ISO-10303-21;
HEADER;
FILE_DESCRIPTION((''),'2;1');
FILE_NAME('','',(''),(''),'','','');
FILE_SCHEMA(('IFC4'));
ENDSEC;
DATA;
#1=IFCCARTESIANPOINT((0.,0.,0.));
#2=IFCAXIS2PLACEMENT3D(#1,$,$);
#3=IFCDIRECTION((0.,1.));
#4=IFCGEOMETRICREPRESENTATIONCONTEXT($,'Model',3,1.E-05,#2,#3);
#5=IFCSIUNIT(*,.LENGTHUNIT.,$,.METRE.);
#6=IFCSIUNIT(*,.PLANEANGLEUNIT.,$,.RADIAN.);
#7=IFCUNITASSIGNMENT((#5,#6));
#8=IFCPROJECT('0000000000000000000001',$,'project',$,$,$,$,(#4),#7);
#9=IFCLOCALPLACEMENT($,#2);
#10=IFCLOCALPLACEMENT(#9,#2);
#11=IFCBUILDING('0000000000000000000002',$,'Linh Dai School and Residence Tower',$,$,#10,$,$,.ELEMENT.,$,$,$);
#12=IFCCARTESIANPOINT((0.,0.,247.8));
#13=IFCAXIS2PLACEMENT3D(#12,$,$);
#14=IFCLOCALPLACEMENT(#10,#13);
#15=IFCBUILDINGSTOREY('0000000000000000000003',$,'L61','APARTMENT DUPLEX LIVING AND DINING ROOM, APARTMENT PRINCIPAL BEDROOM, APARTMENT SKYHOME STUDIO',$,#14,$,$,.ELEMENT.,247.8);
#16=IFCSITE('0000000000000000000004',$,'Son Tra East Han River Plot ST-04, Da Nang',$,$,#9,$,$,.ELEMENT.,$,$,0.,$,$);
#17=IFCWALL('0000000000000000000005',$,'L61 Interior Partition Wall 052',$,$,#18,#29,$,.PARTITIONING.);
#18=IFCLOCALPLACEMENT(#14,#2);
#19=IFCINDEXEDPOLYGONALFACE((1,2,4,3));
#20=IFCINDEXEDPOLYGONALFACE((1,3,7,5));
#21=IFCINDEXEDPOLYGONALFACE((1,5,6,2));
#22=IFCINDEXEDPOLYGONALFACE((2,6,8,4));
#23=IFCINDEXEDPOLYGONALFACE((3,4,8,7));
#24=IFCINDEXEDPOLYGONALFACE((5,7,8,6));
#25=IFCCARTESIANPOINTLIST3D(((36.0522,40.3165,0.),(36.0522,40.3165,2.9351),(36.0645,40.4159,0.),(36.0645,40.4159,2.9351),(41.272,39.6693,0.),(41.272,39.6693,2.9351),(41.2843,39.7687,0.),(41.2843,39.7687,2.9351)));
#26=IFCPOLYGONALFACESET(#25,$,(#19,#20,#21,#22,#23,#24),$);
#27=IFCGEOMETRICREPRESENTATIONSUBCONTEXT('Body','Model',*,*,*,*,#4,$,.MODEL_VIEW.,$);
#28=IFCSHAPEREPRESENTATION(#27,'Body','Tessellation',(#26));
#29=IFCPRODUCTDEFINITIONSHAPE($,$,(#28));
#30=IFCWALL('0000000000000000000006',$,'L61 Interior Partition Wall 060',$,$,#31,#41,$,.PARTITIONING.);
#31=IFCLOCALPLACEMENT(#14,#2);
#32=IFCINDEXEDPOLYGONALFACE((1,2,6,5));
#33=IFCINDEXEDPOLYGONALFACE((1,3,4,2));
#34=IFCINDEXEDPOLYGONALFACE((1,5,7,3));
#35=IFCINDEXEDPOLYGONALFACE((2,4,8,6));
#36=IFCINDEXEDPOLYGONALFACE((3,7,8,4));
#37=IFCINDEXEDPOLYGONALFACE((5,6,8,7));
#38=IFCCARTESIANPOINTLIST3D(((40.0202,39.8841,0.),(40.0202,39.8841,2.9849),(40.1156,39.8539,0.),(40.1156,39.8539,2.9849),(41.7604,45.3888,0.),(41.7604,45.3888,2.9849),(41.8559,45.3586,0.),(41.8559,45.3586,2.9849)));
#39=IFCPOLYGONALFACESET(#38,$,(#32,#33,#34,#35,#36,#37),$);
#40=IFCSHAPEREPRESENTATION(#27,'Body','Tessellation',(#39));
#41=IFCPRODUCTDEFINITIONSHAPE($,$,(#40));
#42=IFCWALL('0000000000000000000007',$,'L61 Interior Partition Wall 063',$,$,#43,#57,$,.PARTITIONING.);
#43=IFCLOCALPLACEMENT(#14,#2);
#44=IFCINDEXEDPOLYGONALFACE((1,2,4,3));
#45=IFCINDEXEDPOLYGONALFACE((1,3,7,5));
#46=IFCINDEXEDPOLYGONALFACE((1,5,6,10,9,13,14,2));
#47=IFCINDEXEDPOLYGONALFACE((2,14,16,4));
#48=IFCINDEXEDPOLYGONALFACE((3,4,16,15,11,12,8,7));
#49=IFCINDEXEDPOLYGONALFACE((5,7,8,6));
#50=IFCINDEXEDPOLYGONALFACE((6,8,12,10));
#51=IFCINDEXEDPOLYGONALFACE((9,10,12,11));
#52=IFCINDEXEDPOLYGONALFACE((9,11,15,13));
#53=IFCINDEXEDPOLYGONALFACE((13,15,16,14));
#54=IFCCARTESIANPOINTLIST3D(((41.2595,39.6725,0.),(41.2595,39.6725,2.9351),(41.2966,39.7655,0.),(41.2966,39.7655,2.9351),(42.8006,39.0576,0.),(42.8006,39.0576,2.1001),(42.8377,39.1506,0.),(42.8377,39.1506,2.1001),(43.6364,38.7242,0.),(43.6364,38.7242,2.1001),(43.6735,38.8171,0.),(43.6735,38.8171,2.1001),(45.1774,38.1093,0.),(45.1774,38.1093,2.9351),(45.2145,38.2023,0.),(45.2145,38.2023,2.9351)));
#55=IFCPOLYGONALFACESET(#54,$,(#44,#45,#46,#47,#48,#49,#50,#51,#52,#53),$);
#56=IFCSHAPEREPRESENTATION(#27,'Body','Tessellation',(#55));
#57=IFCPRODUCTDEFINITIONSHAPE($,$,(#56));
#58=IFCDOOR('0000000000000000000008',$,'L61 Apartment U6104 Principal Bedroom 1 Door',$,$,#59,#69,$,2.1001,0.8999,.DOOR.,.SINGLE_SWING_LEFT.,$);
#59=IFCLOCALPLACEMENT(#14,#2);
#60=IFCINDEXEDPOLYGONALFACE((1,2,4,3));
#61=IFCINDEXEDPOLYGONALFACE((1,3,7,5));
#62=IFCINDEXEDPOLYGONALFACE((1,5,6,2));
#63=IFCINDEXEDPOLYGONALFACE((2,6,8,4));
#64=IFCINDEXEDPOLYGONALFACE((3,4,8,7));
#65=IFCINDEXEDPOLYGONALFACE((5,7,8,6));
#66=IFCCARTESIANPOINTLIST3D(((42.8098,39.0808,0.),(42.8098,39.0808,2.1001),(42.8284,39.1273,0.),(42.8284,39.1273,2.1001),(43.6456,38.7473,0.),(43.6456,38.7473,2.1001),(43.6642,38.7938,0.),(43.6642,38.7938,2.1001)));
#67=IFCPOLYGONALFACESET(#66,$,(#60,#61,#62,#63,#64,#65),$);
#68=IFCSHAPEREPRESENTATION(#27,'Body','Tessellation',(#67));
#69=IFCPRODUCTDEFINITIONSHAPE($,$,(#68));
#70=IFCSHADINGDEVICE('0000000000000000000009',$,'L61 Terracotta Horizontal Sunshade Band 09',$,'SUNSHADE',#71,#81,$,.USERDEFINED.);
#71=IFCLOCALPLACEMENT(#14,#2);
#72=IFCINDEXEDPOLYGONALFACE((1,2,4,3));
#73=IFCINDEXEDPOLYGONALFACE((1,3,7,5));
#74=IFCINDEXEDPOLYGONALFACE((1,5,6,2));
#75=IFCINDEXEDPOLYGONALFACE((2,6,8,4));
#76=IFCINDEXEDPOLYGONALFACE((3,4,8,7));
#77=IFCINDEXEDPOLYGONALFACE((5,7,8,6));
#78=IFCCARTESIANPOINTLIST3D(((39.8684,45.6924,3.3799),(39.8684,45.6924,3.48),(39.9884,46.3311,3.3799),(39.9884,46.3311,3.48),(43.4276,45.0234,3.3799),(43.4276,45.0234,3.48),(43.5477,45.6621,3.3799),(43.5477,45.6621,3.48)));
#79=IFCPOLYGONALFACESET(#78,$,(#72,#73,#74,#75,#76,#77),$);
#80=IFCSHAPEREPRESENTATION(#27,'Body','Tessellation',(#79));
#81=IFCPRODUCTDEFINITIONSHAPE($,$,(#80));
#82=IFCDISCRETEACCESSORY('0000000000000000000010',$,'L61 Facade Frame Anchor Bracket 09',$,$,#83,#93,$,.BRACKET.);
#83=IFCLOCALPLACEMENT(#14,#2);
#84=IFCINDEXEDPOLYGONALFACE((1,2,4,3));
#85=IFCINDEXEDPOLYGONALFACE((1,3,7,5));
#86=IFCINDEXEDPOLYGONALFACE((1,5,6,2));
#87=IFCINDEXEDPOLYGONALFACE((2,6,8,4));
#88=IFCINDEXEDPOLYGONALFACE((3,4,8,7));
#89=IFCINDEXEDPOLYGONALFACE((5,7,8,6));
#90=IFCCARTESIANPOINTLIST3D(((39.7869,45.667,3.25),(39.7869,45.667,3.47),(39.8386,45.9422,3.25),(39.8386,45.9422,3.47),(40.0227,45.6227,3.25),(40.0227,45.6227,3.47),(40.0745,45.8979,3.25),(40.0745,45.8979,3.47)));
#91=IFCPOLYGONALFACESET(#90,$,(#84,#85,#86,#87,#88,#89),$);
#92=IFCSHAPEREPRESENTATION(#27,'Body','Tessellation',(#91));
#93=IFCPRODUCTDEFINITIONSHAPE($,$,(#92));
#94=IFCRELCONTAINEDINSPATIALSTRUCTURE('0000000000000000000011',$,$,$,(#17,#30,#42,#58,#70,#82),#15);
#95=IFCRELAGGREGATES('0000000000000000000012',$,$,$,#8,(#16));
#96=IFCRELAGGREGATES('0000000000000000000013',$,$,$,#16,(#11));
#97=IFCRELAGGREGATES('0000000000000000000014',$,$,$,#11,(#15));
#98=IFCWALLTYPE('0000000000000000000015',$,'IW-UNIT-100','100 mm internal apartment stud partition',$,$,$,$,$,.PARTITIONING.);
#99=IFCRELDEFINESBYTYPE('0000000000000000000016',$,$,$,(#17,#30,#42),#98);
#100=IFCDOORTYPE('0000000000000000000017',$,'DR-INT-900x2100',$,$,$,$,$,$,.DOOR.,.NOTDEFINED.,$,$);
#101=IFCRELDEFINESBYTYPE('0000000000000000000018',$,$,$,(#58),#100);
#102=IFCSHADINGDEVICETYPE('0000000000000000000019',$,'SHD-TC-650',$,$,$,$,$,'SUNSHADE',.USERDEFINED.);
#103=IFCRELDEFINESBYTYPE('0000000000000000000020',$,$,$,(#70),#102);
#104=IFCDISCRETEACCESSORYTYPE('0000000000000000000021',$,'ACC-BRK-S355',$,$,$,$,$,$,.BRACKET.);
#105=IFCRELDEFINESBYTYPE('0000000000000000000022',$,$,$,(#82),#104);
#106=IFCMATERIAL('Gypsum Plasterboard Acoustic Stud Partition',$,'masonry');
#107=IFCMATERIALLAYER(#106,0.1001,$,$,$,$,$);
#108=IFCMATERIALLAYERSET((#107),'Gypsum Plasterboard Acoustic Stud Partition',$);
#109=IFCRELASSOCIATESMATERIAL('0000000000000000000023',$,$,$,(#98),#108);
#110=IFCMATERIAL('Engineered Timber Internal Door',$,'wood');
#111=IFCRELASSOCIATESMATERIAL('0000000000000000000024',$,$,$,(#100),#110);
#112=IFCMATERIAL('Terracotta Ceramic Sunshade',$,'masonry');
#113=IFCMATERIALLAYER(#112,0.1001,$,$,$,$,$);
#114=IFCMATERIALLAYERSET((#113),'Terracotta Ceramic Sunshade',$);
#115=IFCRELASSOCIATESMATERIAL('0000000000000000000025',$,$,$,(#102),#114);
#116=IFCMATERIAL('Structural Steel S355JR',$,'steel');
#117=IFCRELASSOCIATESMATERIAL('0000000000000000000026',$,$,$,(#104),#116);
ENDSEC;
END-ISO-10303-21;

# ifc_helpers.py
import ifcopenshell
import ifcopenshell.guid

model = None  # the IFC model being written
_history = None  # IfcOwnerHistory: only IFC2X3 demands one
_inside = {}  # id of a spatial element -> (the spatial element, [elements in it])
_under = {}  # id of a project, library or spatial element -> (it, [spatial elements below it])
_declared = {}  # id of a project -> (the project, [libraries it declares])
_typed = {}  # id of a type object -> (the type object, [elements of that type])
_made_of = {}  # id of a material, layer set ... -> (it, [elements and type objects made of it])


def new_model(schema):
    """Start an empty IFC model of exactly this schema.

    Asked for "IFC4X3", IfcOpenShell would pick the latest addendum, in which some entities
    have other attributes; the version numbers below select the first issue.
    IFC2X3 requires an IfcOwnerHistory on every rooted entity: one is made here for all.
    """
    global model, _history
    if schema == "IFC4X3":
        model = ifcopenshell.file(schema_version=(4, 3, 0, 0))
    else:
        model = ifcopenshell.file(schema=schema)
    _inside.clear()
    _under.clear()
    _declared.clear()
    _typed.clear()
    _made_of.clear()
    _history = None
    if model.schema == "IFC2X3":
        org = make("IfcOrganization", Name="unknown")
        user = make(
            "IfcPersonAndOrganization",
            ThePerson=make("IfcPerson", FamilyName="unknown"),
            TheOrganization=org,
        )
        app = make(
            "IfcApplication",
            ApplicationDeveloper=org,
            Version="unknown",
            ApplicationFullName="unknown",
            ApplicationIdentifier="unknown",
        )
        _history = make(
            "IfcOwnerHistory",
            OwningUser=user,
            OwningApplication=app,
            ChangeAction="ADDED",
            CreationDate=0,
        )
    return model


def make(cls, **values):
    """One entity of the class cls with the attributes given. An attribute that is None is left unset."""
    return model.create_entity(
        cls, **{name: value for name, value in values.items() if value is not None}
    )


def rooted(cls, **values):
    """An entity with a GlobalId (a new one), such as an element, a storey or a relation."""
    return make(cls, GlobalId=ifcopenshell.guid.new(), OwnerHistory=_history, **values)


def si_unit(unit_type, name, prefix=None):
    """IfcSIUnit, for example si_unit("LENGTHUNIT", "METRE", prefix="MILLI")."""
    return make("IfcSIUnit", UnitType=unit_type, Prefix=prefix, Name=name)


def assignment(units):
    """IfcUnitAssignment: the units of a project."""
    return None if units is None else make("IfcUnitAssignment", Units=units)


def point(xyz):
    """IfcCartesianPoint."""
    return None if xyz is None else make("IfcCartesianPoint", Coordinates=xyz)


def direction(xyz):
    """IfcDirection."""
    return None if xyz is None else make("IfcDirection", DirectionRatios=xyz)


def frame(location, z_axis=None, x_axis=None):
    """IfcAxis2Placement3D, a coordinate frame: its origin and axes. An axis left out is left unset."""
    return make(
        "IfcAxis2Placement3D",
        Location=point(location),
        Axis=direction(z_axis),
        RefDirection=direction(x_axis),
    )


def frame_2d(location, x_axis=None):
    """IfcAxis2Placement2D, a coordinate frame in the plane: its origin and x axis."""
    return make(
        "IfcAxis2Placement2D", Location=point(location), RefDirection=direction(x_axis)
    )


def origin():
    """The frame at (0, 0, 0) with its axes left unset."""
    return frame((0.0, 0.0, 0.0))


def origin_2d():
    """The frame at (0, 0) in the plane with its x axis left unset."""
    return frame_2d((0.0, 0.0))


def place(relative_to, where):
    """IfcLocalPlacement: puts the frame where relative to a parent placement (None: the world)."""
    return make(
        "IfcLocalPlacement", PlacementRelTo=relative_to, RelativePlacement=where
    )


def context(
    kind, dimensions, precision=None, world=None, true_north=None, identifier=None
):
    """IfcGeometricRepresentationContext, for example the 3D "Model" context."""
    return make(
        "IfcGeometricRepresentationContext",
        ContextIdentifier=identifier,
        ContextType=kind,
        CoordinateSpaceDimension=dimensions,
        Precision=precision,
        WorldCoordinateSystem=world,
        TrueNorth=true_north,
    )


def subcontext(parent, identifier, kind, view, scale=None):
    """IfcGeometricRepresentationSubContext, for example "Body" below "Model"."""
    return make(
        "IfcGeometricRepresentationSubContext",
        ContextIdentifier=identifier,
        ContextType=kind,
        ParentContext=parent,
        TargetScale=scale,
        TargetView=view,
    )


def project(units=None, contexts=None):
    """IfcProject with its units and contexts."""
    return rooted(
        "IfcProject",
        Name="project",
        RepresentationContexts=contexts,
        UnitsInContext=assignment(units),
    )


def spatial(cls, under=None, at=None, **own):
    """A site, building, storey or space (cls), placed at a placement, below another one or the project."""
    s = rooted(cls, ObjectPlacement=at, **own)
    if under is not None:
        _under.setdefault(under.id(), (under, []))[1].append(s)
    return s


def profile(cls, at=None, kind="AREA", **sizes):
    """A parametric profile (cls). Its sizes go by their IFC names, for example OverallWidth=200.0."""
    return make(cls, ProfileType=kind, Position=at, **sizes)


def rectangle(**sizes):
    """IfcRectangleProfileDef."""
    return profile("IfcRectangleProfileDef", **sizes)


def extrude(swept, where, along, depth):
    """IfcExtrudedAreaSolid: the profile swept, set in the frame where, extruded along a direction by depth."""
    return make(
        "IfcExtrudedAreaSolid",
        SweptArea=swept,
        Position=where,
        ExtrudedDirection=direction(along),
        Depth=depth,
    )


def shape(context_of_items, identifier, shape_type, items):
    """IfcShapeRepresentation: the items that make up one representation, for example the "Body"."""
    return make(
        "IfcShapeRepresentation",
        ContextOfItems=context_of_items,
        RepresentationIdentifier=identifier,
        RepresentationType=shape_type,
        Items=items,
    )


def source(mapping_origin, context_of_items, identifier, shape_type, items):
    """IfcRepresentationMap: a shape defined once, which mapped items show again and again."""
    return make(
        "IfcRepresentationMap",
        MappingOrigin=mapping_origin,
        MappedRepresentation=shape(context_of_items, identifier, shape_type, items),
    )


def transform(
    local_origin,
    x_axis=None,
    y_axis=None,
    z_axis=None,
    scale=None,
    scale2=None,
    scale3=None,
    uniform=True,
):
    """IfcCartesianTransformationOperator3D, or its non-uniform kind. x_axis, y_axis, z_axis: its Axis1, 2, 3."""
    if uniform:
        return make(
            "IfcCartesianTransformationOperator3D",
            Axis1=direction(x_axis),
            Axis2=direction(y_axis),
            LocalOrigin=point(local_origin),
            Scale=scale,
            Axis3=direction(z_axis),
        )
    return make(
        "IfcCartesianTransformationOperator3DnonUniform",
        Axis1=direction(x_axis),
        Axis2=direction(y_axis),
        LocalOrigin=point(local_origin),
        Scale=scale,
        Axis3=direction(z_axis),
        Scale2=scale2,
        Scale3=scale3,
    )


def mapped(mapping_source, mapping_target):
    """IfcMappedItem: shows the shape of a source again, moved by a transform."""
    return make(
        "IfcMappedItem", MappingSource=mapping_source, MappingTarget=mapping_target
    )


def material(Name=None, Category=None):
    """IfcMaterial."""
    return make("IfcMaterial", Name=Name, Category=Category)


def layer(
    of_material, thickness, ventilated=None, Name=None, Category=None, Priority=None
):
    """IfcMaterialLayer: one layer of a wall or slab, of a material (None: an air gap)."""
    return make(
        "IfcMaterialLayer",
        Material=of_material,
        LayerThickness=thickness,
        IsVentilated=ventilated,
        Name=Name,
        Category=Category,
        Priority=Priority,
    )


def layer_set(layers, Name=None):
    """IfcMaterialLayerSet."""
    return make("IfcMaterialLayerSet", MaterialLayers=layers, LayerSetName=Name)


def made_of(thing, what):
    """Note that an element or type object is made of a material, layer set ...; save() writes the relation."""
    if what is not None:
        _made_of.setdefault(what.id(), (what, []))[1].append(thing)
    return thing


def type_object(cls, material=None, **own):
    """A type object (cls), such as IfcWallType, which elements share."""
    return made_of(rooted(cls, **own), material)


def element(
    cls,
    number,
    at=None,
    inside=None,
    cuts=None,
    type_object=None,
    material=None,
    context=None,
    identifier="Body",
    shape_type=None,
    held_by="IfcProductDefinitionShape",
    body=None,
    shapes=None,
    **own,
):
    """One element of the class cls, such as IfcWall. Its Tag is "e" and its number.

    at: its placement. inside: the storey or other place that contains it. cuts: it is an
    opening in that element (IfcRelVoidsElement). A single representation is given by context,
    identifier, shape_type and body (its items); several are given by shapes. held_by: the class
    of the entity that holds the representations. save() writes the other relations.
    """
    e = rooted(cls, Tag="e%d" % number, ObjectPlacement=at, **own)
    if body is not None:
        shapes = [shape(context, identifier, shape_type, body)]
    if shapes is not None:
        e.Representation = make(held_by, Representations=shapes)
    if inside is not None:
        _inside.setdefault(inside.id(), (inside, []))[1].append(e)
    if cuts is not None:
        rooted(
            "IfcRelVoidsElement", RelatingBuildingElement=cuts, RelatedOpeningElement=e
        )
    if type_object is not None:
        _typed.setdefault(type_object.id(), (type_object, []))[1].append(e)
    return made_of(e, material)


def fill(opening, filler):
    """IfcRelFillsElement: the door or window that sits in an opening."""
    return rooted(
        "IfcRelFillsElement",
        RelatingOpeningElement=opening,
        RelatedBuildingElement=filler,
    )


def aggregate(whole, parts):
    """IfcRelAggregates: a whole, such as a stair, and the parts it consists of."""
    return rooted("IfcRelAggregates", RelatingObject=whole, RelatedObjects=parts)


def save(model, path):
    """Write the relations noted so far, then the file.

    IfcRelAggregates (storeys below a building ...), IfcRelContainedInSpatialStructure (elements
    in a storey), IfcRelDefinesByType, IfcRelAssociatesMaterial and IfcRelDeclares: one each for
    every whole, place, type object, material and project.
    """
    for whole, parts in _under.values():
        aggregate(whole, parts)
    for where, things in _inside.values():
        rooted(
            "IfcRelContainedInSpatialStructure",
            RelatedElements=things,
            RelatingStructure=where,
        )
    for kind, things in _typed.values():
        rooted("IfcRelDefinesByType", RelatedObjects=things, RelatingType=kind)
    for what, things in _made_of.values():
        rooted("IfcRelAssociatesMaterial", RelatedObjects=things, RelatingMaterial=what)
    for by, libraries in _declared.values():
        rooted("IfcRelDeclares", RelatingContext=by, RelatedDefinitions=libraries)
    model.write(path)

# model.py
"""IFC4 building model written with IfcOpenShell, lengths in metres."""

from ifc_helpers import new_model, si_unit, direction, frame, frame_2d, origin, origin_2d, place, context, subcontext, project, spatial, rectangle, extrude, source, transform, mapped, material, layer, layer_set, type_object, element, fill, save


model = new_model("IFC4")

# Units and contexts
model_context = context("Model", 3, precision=1e-05, world=origin(), true_north=direction((0.0, 1.0)))
body_context = subcontext(model_context, "Body", "Model", "MODEL_VIEW")
ifc_project = project(units=[si_unit("LENGTHUNIT", "METRE"), si_unit("PLANEANGLEUNIT", "RADIAN")], contexts=[model_context])

# Site, building, storey
site_placement = place(None, origin())
site = spatial("IfcSite", under=ifc_project, at=site_placement, Name="Son Tra East Han River Plot ST-04, Da Nang", CompositionType="ELEMENT", RefElevation=0.0)
building_placement = place(site_placement, origin())
building = spatial("IfcBuilding", under=site, at=building_placement, Name="Linh Dai School and Residence Tower", CompositionType="ELEMENT")
storey_placement = place(building_placement, frame((0.0, 0.0, 247.8)))
storey = spatial("IfcBuildingStorey", under=building, at=storey_placement, Name="L61", Description="APARTMENT DUPLEX LIVING AND DINING ROOM, APARTMENT PRINCIPAL BEDROOM, APARTMENT SKYHOME STUDIO", CompositionType="ELEMENT", Elevation=247.8)

# Shared definitions
ifc_material_1 = material(Name="Structural Steel S355JR", Category="steel")

# Shared definitions
ifc_material_2 = material(Name="Gypsum Plasterboard Acoustic Stud Partition", Category="masonry")
ifc_layer_1 = layer(ifc_material_2, 0.1001)
ifc_layer_set_1 = layer_set([ifc_layer_1], Name="Gypsum Plasterboard Acoustic Stud Partition")
wall_type_1 = type_object("IfcWallType", Name="IW-UNIT-100", Description="100 mm internal apartment stud partition", PredefinedType="PARTITIONING", material=ifc_layer_set_1)
ifc_material_3 = material(Name="Engineered Timber Internal Door", Category="wood")
door_type = type_object("IfcDoorType", Name="DR-INT-900x2100", OperationType="NOTDEFINED", PredefinedType="DOOR", material=ifc_material_3)
shared_shape_1 = source(origin(), body_context, "Body", "SweptSolid", [
    extrude(rectangle(XDim=0.8999, YDim=2.1001, at=origin_2d()), frame((0.45, 0.0249, 1.05), z_axis=(0.0, -1.0, 0.0), x_axis=(1.0, 0.0, 0.0)), (0.0, 0.0, 1.0), 0.05),
])

# Walls
wall_1_placement = place(storey_placement, frame((36.0583, 40.3662, 0.0), z_axis=(0.0, 0.0, 1.0), x_axis=(0.9924, -0.123052, 0.0)))
element("IfcWall", 1, at=wall_1_placement, inside=storey, type_object=wall_type_1, Name="L61 Interior Partition Wall 052", PredefinedType="PARTITIONING", context=body_context, shape_type="SweptSolid", body=[
    extrude(rectangle(XDim=5.2598, YDim=0.1001, at=frame_2d((2.6299, 0.0))), origin(), (0.0, 0.0, 1.0), 2.9351),
])
wall_2_placement = place(storey_placement, frame((40.0679, 39.8689, 0.0), z_axis=(0.0, 0.0, 1.0), x_axis=(0.301435, 0.953487, 0.0)))
element("IfcWall", 2, at=wall_2_placement, inside=storey, type_object=wall_type_1, Name="L61 Interior Partition Wall 060", PredefinedType="PARTITIONING", context=body_context, shape_type="SweptSolid", body=[
    extrude(rectangle(XDim=5.7732, YDim=0.1001, at=frame_2d((2.8867, 0.0))), origin(), (0.0, 0.0, 1.0), 2.9849),
])

# Wall, opening, door
wall_3_placement = place(storey_placement, frame((41.2781, 39.719, 0.0), z_axis=(0.0, 0.0, 1.0), x_axis=(0.9288, -0.370582, 0.0)))
wall_3 = element("IfcWall", 3, at=wall_3_placement, inside=storey, type_object=wall_type_1, Name="L61 Interior Partition Wall 063", PredefinedType="PARTITIONING", context=body_context, shape_type="SweptSolid", body=[
    extrude(rectangle(XDim=4.2183, YDim=0.1001, at=frame_2d((2.1091, 0.0))), origin(), (0.0, 0.0, 1.0), 2.9351),
])
opening_1_placement = place(wall_3_placement, frame((1.6592, 0.0, 0.0)))
opening_1 = element("IfcOpeningElement", 4, at=opening_1_placement, cuts=wall_3, PredefinedType="OPENING", context=body_context, shape_type="SweptSolid", body=[
    extrude(rectangle(XDim=0.8999, YDim=2.1001, at=origin_2d()), frame((0.45, 0.0601, 1.05), z_axis=(0.0, -1.0, 0.0), x_axis=(1.0, 0.0, 0.0)), (0.0, 0.0, 1.0), 0.1201),
])
door_1_placement = place(opening_1_placement, origin())
door_1 = element("IfcDoor", 5, at=door_1_placement, inside=storey, type_object=door_type, Name="L61 Apartment U6104 Principal Bedroom 1 Door", OperationType="SINGLE_SWING_LEFT", OverallHeight=2.1001, OverallWidth=0.8999, PredefinedType="DOOR", context=body_context, shape_type="MappedRepresentation", body=[
    mapped(shared_shape_1, transform((0.0, 0.0, 0.0), x_axis=(1.0, 0.0, 0.0), y_axis=(0.0, 1.0, 0.0), z_axis=(0.0, 0.0, 1.0), scale=1.0)),
])
fill(opening_1, door_1)

# Shading device
ifc_material_4 = material(Name="Terracotta Ceramic Sunshade", Category="masonry")
ifc_layer_2 = layer(ifc_material_4, 0.1001)
ifc_layer_set_2 = layer_set([ifc_layer_2], Name="Terracotta Ceramic Sunshade")
shading_device_type = type_object("IfcShadingDeviceType", Name="SHD-TC-650", ElementType="SUNSHADE", PredefinedType="USERDEFINED", material=ifc_layer_set_2)
shared_shape_2 = source(origin(), body_context, "Body", "SweptSolid", [
    extrude(rectangle(XDim=3.6216, YDim=0.6499, at=origin_2d()), origin(), (0.0, 0.0, 1.0), 0.1001),
])
shading_device_placement = place(storey_placement, frame((41.708, 45.6772, 3.3799), z_axis=(0.0, 0.0, 1.0), x_axis=(0.982787, -0.184744, 0.0)))
element("IfcShadingDevice", 6, at=shading_device_placement, inside=storey, type_object=shading_device_type, Name="L61 Terracotta Horizontal Sunshade Band 09", ObjectType="SUNSHADE", PredefinedType="USERDEFINED", context=body_context, shape_type="MappedRepresentation", body=[
    mapped(shared_shape_2, transform((0.0, 0.0, 0.0), x_axis=(1.0, 0.0, 0.0), y_axis=(0.0, 1.0, 0.0), z_axis=(0.0, 0.0, 1.0), scale=1.0)),
])

# Discrete accessory
discrete_accessory_type = type_object("IfcDiscreteAccessoryType", Name="ACC-BRK-S355", PredefinedType="BRACKET", material=ifc_material_1)
shared_shape_3 = source(origin(), body_context, "Body", "SweptSolid", [
    extrude(rectangle(XDim=0.28, YDim=0.24, at=origin_2d()), origin(), (0.0, 0.0, 1.0), 0.22),
])
discrete_accessory_placement = place(storey_placement, frame((39.9307, 45.7825, 3.25), z_axis=(0.0, 0.0, 1.0), x_axis=(0.184744, 0.982787, 0.0)))
element("IfcDiscreteAccessory", 7, at=discrete_accessory_placement, inside=storey, type_object=discrete_accessory_type, Name="L61 Facade Frame Anchor Bracket 09", PredefinedType="BRACKET", context=body_context, shape_type="MappedRepresentation", body=[
    mapped(shared_shape_3, transform((0.0, 0.0, 0.0), x_axis=(1.0, 0.0, 0.0), y_axis=(0.0, 1.0, 0.0), z_axis=(0.0, 0.0, 1.0), scale=1.0)),
])

save(model, "model.ifc")
